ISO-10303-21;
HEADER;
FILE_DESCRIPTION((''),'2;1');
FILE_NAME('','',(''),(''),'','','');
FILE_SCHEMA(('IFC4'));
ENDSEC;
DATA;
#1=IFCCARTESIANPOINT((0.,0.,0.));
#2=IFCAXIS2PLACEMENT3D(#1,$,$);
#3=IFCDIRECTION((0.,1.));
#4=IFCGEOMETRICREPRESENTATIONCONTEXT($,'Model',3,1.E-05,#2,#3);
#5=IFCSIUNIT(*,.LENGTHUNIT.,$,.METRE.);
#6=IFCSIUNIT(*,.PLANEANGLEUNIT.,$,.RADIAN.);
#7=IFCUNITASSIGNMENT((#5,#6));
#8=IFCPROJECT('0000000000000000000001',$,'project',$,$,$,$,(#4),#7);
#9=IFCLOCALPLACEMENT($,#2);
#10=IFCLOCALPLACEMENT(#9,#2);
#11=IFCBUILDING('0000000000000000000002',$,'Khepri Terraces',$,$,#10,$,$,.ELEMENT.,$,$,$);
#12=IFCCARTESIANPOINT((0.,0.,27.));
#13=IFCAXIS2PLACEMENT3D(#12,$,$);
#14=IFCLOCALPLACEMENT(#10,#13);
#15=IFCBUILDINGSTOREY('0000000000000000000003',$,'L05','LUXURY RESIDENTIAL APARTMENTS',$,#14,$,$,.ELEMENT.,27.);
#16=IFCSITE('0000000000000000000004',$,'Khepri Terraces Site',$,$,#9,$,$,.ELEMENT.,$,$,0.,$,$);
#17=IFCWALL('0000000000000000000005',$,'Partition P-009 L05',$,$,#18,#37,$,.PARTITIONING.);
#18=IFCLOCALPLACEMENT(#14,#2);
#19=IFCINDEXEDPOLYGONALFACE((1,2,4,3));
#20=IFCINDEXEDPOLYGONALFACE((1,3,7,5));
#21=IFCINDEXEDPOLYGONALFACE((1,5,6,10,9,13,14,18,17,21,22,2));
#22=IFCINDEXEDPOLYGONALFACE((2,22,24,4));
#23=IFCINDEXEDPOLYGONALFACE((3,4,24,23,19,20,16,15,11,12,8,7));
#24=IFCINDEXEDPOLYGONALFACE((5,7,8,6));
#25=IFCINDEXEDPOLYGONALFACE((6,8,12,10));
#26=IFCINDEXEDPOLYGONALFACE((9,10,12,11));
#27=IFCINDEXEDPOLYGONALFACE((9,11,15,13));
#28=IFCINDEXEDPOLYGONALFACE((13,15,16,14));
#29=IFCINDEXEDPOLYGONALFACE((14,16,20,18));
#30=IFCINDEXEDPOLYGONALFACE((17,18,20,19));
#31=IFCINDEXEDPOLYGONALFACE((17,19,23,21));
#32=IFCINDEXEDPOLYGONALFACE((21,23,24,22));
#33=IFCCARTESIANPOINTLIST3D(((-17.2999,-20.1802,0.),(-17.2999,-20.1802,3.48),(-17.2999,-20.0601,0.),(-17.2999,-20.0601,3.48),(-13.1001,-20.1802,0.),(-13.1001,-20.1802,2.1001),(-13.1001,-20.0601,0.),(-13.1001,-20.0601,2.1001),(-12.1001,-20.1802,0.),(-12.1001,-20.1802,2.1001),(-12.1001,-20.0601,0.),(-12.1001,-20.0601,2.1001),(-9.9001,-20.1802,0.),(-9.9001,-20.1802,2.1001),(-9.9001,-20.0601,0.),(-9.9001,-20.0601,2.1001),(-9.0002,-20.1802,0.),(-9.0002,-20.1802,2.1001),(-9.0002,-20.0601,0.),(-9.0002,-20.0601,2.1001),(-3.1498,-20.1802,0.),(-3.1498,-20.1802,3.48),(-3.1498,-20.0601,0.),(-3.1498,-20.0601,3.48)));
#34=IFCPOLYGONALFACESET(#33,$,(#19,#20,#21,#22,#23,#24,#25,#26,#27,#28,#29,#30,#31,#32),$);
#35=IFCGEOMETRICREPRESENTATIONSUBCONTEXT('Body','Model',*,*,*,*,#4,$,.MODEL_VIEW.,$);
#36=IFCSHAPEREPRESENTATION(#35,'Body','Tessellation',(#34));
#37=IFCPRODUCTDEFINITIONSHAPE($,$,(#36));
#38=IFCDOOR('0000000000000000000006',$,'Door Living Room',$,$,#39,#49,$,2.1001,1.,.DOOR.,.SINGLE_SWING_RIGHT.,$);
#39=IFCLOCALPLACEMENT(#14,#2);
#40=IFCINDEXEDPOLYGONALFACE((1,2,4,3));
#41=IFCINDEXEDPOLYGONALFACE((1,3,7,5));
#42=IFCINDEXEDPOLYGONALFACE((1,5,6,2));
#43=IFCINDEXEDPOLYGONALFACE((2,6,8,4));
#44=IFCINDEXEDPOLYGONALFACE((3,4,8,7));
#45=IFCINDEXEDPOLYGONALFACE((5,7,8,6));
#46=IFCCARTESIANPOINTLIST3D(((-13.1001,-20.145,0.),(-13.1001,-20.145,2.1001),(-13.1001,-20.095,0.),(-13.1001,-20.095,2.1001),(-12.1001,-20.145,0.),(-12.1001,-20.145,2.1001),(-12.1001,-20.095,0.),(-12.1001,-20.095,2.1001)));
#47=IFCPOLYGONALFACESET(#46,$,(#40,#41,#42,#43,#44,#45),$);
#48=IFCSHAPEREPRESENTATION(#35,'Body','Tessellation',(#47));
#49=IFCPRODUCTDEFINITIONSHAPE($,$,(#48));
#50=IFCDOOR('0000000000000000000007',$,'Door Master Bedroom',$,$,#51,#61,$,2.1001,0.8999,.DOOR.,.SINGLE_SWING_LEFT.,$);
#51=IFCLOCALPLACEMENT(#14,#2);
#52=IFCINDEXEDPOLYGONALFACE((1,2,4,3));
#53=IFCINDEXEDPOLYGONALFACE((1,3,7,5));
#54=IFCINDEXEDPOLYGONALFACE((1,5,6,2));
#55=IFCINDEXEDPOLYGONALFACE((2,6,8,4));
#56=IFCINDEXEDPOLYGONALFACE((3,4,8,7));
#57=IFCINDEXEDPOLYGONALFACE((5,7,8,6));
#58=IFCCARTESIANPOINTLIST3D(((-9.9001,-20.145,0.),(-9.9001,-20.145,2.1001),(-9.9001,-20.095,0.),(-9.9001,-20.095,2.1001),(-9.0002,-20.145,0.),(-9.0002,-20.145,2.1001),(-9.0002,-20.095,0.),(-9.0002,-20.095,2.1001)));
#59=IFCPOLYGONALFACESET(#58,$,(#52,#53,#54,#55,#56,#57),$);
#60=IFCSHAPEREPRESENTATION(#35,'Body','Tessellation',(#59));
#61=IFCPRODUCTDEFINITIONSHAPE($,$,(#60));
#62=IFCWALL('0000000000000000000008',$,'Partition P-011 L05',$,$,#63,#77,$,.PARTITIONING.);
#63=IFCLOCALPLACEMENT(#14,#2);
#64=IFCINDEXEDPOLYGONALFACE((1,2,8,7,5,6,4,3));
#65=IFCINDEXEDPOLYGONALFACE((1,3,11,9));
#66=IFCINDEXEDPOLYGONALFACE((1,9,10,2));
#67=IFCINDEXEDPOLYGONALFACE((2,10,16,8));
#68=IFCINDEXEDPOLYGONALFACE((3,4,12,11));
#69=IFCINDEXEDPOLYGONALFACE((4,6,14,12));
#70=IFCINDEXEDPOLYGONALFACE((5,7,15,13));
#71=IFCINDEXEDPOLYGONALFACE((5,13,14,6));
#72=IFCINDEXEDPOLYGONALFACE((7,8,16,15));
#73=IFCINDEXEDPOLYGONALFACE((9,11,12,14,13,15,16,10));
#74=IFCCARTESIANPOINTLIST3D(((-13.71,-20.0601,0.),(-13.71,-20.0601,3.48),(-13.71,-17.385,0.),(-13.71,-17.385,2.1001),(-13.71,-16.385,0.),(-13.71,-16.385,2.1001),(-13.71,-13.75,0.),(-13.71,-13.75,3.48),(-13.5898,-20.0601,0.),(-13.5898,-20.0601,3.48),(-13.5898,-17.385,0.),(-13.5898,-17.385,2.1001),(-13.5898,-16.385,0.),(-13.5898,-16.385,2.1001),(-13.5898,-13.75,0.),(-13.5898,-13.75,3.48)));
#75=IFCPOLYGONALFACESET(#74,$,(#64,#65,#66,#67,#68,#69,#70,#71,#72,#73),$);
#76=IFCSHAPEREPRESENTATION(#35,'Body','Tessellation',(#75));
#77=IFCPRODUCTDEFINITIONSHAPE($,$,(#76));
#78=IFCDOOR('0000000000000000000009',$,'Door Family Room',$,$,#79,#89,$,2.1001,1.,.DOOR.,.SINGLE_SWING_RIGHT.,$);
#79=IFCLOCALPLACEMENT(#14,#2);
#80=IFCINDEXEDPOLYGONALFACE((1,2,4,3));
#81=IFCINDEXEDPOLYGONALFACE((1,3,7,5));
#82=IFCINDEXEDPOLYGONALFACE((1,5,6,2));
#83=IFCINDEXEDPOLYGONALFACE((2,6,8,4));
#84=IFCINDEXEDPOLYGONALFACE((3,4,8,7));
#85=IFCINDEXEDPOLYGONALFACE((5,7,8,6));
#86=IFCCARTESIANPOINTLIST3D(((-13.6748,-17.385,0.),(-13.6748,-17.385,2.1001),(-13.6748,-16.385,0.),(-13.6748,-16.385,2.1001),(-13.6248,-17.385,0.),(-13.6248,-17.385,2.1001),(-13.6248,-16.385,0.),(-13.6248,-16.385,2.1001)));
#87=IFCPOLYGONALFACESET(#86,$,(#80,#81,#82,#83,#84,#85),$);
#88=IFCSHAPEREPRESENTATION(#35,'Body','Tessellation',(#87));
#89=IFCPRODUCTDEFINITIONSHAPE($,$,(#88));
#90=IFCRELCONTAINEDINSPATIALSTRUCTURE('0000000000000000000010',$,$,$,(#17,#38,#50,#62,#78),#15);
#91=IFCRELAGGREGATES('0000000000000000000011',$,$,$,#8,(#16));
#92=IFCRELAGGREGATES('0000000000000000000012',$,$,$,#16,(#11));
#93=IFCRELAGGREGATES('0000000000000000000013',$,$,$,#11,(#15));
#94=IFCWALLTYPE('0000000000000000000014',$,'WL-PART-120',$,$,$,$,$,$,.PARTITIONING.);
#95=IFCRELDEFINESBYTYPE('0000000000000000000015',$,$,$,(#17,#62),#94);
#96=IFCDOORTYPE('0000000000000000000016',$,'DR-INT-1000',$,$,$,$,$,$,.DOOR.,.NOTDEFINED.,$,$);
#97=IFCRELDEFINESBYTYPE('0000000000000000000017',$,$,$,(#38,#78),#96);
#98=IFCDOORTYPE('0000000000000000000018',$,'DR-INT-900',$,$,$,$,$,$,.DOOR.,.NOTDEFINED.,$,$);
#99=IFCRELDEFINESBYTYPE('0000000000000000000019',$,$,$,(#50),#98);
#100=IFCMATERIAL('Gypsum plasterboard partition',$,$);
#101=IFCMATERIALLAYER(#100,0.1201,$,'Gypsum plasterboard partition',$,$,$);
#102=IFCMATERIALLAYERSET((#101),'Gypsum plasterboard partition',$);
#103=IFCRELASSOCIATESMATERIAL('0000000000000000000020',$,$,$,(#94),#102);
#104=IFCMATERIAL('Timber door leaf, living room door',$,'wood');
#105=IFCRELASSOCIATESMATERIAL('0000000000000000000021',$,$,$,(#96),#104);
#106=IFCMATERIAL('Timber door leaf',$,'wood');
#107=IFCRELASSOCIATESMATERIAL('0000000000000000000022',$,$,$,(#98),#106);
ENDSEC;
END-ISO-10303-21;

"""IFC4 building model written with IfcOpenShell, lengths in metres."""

from ifc_helpers import new_model, si_unit, direction, frame, frame_2d, origin, place, context, subcontext, project, spatial, rectangle, extrude, material, layer, layer_set, type_object, element, fill, save


model = new_model("IFC4")

# Units and contexts
model_context = context("Model", 3, precision=1e-05, world=origin(), true_north=direction((0.0, 1.0)))
body_context = subcontext(model_context, "Body", "Model", "MODEL_VIEW")
ifc_project = project(units=[si_unit("LENGTHUNIT", "METRE"), si_unit("PLANEANGLEUNIT", "RADIAN")], contexts=[model_context])

# Site, building, storey
site_placement = place(None, origin())
site = spatial("IfcSite", under=ifc_project, at=site_placement, Name="Khepri Terraces Site", CompositionType="ELEMENT", RefElevation=0.0)
building_placement = place(site_placement, origin())
building = spatial("IfcBuilding", under=site, at=building_placement, Name="Khepri Terraces", CompositionType="ELEMENT")
storey_placement = place(building_placement, frame((0.0, 0.0, 27.0)))
storey = spatial("IfcBuildingStorey", under=building, at=storey_placement, Name="L05", Description="LUXURY RESIDENTIAL APARTMENTS", CompositionType="ELEMENT", Elevation=27.0)

# Shared definitions
ifc_material_1 = material(Name="Gypsum plasterboard partition")
ifc_layer_1 = layer(ifc_material_1, 0.1201, Name="Gypsum plasterboard partition")
ifc_layer_set_1 = layer_set([ifc_layer_1], Name="Gypsum plasterboard partition")
wall_type_1 = type_object("IfcWallType", Name="WL-PART-120", PredefinedType="PARTITIONING", material=ifc_layer_set_1)

# Wall, openings, doors
wall_1_placement = place(storey_placement, frame((-17.3, -20.1201, 0.0), z_axis=(0.0, 0.0, 1.0), x_axis=(1.0, 0.0, 0.0)))
wall_1 = element("IfcWall", 1, at=wall_1_placement, inside=storey, type_object=wall_type_1, Name="Partition P-009 L05", PredefinedType="PARTITIONING", context=body_context, shape_type="SweptSolid", body=[
    extrude(rectangle(XDim=14.1501, YDim=0.1201, at=frame_2d((7.0752, 0.0))), origin(), (0.0, 0.0, 1.0), 3.48),
])
opening_1_placement = place(wall_1_placement, frame((4.2, 0.0, 0.0)))
opening_1 = element("IfcOpeningElement", 2, at=opening_1_placement, cuts=wall_1, PredefinedType="OPENING", context=body_context, shape_type="SweptSolid", body=[
    extrude(rectangle(XDim=1.0, YDim=2.1001, at=frame_2d((0.5, 1.05))), frame((0.0, 0.0701, 0.0), z_axis=(0.0, -1.0, 0.0), x_axis=(1.0, 0.0, 0.0)), (0.0, 0.0, 1.0), 0.1401),
])
opening_2_placement = place(wall_1_placement, frame((7.3999, 0.0, 0.0)))
opening_2 = element("IfcOpeningElement", 3, at=opening_2_placement, cuts=wall_1, PredefinedType="OPENING", context=body_context, shape_type="SweptSolid", body=[
    extrude(rectangle(XDim=0.8999, YDim=2.1001, at=frame_2d((0.45, 1.05))), frame((0.0, 0.0701, 0.0), z_axis=(0.0, -1.0, 0.0), x_axis=(1.0, 0.0, 0.0)), (0.0, 0.0, 1.0), 0.1401),
])
ifc_material_2 = material(Name="Timber door leaf, living room door", Category="wood")
door_type_1 = type_object("IfcDoorType", Name="DR-INT-1000", OperationType="NOTDEFINED", PredefinedType="DOOR", material=ifc_material_2)
door_1_placement = place(opening_1_placement, frame((1.0, 0.0, 0.0), z_axis=(0.0, 0.0, 1.0), x_axis=(-1.0, 0.0, 0.0)))
door_1 = element("IfcDoor", 4, at=door_1_placement, inside=storey, type_object=door_type_1, Name="Door Living Room", OperationType="SINGLE_SWING_RIGHT", OverallHeight=2.1001, OverallWidth=1.0, PredefinedType="DOOR", context=body_context, shape_type="SweptSolid", body=[
    extrude(rectangle(XDim=1.0, YDim=2.1001, at=frame_2d((0.5, 1.05))), frame((0.0, 0.0249, 0.0), z_axis=(0.0, -1.0, 0.0), x_axis=(1.0, 0.0, 0.0)), (0.0, 0.0, 1.0), 0.05),
])
fill(opening_1, door_1)
ifc_material_3 = material(Name="Timber door leaf", Category="wood")
door_type_2 = type_object("IfcDoorType", Name="DR-INT-900", OperationType="NOTDEFINED", PredefinedType="DOOR", material=ifc_material_3)
door_2_placement = place(opening_2_placement, frame((0.8999, 0.0, 0.0), z_axis=(0.0, 0.0, 1.0), x_axis=(-1.0, 0.0, 0.0)))
door_2 = element("IfcDoor", 5, at=door_2_placement, inside=storey, type_object=door_type_2, Name="Door Master Bedroom", OperationType="SINGLE_SWING_LEFT", OverallHeight=2.1001, OverallWidth=0.8999, PredefinedType="DOOR", context=body_context, shape_type="SweptSolid", body=[
    extrude(rectangle(XDim=0.8999, YDim=2.1001, at=frame_2d((0.45, 1.05))), frame((0.0, 0.0249, 0.0), z_axis=(0.0, -1.0, 0.0), x_axis=(1.0, 0.0, 0.0)), (0.0, 0.0, 1.0), 0.05),
])
fill(opening_2, door_2)

# Wall, opening, door
wall_2_placement = place(storey_placement, frame((-13.6499, -20.0601, 0.0), z_axis=(0.0, 0.0, 1.0), x_axis=(0.0, 1.0, 0.0)))
wall_2 = element("IfcWall", 6, at=wall_2_placement, inside=storey, type_object=wall_type_1, Name="Partition P-011 L05", PredefinedType="PARTITIONING", context=body_context, shape_type="SweptSolid", body=[
    extrude(rectangle(XDim=6.3101, YDim=0.1201, at=frame_2d((3.155, 0.0))), origin(), (0.0, 0.0, 1.0), 3.48),
])
opening_3_placement = place(wall_2_placement, frame((2.675, 0.0, 0.0)))
opening_3 = element("IfcOpeningElement", 7, at=opening_3_placement, cuts=wall_2, PredefinedType="OPENING", context=body_context, shape_type="SweptSolid", body=[
    extrude(rectangle(XDim=1.0, YDim=2.1001, at=frame_2d((0.5, 1.05))), frame((0.0, 0.0701, 0.0), z_axis=(0.0, -1.0, 0.0), x_axis=(1.0, 0.0, 0.0)), (0.0, 0.0, 1.0), 0.1401),
])
door_3_placement = place(opening_3_placement, origin())
door_3 = element("IfcDoor", 8, at=door_3_placement, inside=storey, type_object=door_type_1, Name="Door Family Room", OperationType="SINGLE_SWING_RIGHT", OverallHeight=2.1001, OverallWidth=1.0, PredefinedType="DOOR", context=body_context, shape_type="SweptSolid", body=[
    extrude(rectangle(XDim=1.0, YDim=2.1001, at=frame_2d((0.5, 1.05))), frame((0.0, 0.0249, 0.0), z_axis=(0.0, -1.0, 0.0), x_axis=(1.0, 0.0, 0.0)), (0.0, 0.0, 1.0), 0.05),
])
fill(opening_3, door_3)

save(model, "model.ifc")
